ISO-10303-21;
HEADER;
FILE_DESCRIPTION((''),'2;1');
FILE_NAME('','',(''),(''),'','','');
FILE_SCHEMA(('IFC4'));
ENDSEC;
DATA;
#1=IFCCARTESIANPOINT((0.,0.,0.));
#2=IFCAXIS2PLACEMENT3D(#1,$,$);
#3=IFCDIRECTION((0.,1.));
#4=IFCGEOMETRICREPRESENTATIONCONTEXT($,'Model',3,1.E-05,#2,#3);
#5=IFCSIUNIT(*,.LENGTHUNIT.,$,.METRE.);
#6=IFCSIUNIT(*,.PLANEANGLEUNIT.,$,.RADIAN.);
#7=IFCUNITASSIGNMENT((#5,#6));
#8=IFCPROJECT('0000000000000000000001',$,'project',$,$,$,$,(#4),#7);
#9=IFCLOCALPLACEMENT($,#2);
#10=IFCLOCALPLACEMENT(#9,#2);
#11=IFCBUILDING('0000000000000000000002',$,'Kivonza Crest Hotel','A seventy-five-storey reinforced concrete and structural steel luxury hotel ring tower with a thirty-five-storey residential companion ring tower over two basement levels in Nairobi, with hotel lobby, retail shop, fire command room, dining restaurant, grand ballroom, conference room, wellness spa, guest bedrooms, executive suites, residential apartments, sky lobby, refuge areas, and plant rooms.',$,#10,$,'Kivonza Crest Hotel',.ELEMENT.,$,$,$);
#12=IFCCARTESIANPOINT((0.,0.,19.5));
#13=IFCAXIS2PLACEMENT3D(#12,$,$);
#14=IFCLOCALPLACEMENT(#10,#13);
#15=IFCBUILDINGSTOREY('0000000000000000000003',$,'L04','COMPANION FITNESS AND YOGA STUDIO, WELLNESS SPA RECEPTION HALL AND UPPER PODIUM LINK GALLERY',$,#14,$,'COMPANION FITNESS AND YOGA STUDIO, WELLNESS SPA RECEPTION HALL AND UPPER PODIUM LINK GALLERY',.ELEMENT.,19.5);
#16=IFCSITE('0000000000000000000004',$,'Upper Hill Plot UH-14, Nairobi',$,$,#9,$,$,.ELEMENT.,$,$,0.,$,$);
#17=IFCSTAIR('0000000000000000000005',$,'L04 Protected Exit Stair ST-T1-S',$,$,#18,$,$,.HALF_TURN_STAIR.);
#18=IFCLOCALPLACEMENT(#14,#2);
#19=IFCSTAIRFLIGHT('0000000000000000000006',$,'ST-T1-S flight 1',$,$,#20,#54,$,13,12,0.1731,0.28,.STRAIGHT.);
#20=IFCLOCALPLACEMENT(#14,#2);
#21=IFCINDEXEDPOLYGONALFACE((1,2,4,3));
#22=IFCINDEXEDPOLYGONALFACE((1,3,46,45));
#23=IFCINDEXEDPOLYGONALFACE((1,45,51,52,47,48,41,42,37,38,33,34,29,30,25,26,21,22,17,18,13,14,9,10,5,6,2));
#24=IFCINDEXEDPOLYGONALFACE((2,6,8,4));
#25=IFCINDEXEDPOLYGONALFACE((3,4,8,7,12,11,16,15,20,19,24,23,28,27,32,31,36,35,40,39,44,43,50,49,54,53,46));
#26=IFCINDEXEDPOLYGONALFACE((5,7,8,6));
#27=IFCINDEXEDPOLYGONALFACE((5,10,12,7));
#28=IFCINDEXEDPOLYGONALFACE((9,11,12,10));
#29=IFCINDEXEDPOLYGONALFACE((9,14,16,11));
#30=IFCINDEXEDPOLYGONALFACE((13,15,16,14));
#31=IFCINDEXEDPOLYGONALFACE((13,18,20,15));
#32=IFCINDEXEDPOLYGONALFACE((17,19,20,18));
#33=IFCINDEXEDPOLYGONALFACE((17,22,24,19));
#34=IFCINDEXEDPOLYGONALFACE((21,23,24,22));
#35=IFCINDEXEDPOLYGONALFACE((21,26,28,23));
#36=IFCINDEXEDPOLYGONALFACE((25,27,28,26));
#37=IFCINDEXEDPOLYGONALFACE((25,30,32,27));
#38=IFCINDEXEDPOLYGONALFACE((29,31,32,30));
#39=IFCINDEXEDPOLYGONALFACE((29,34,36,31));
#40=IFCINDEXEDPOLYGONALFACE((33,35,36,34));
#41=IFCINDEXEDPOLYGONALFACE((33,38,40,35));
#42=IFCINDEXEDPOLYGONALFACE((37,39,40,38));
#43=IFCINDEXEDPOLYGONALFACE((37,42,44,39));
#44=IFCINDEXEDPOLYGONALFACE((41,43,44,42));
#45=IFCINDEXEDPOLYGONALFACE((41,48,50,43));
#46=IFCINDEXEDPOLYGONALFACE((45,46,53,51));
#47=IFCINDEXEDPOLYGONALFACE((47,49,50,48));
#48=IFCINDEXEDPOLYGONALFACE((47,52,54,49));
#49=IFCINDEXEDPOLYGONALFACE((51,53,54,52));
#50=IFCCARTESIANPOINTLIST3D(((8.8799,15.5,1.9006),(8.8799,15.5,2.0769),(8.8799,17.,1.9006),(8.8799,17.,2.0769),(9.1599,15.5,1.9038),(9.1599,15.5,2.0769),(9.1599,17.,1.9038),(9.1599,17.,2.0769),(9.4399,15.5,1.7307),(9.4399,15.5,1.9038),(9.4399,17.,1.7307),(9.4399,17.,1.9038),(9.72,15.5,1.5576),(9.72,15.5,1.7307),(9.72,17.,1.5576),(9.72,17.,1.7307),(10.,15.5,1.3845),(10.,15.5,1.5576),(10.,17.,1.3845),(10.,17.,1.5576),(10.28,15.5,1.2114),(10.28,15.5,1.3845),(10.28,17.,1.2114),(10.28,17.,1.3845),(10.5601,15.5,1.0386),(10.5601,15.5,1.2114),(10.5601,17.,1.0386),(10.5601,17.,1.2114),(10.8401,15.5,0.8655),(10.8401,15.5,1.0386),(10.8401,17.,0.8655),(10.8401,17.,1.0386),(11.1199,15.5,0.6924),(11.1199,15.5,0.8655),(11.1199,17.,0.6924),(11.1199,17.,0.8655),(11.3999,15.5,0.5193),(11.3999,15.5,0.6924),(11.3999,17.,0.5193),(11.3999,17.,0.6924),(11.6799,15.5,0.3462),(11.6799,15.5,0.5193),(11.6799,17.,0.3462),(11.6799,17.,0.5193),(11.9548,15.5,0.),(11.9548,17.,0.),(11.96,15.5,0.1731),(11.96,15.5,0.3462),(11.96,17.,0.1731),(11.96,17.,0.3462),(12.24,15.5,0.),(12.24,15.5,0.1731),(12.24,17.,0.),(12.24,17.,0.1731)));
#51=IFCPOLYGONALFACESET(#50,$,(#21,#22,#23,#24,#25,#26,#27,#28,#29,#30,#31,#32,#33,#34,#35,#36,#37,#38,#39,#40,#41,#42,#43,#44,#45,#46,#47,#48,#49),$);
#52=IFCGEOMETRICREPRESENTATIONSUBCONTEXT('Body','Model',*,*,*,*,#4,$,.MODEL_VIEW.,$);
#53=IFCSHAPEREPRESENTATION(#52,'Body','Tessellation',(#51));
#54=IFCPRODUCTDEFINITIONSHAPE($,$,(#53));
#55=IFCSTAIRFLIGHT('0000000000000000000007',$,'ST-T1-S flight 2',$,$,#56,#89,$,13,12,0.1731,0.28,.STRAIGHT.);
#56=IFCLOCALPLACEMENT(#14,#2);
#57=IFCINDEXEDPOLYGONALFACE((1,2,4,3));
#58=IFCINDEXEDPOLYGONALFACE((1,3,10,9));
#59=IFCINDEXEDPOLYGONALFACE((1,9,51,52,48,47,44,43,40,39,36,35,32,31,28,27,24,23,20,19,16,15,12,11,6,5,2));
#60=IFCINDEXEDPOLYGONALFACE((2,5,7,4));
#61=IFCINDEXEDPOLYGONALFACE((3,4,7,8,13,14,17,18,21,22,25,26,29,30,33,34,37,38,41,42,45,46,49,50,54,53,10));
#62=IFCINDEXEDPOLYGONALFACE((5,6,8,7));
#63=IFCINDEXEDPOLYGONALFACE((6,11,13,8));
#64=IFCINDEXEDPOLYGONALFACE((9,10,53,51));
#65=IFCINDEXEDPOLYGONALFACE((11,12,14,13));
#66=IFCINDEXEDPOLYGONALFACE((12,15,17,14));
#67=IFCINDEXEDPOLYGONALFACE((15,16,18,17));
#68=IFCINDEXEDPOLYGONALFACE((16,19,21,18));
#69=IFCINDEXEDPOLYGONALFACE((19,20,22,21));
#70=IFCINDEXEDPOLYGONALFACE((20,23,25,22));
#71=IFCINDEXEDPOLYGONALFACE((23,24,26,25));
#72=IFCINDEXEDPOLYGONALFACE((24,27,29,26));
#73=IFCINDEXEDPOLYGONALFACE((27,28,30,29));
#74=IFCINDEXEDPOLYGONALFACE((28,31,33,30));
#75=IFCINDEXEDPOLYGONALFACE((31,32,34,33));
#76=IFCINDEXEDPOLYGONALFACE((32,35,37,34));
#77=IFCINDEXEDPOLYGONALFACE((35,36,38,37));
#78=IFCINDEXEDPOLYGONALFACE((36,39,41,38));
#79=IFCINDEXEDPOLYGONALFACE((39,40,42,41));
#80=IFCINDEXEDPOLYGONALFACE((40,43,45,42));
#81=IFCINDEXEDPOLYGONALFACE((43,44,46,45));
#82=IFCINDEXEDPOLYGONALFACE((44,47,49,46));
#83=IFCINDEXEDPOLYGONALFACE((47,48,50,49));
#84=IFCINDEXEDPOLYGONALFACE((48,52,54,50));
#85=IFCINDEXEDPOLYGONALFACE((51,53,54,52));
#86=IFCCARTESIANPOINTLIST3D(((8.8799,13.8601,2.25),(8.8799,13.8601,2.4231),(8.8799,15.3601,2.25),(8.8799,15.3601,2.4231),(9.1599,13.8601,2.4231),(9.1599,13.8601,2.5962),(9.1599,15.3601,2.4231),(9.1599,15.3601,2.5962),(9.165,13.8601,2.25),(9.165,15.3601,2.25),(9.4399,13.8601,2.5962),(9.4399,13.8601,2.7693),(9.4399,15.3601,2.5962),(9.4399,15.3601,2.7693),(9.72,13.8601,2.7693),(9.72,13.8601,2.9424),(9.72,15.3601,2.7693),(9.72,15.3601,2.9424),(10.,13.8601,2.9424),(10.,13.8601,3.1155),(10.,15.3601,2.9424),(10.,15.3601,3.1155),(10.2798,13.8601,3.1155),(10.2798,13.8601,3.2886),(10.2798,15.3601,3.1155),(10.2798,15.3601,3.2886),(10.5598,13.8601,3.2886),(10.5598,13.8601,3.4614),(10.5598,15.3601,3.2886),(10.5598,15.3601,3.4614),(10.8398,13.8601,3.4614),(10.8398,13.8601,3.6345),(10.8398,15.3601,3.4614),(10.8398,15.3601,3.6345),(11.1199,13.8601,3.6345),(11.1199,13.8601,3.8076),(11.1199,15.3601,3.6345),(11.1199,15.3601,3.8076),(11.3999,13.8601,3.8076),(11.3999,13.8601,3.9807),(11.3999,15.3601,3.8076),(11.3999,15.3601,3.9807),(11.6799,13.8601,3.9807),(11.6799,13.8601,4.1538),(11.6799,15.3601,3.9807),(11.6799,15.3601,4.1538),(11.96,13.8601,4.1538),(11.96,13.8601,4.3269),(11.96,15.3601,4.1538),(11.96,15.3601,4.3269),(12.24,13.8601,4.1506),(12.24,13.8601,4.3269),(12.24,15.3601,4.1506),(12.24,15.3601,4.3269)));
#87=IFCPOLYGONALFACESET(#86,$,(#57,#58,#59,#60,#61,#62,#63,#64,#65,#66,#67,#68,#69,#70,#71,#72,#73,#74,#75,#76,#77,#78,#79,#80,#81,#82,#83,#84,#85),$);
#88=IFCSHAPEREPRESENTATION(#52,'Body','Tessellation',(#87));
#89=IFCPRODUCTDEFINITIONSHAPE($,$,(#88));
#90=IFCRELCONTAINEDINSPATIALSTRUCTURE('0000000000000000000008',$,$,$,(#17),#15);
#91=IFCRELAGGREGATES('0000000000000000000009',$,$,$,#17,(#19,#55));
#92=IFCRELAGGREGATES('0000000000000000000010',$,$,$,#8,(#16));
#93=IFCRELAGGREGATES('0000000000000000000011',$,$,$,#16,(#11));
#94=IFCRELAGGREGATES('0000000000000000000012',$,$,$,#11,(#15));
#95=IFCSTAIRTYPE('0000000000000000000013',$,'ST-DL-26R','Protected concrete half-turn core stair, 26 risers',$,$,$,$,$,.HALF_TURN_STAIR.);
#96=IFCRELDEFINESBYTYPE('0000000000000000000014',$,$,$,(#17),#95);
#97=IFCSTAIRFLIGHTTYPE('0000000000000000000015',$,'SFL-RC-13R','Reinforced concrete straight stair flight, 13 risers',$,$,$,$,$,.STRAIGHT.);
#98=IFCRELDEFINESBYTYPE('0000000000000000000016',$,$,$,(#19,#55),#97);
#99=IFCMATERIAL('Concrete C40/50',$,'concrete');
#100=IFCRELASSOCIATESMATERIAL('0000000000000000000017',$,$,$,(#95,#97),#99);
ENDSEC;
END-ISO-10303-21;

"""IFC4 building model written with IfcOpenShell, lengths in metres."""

from ifc_helpers import new_model, si_unit, direction, frame, origin, place, context, subcontext, project, spatial, polyline, outline, extrude, material, type_object, element, aggregate, save


model = new_model("IFC4")

# Units and contexts
model_context = context("Model", 3, precision=1e-05, world=origin(), true_north=direction((0.0, 1.0)))
body_context = subcontext(model_context, "Body", "Model", "MODEL_VIEW")
ifc_project = project(units=[si_unit("LENGTHUNIT", "METRE"), si_unit("PLANEANGLEUNIT", "RADIAN")], contexts=[model_context])

# Site, building, storey
site_placement = place(None, origin())
site = spatial("IfcSite", under=ifc_project, at=site_placement, Name="Upper Hill Plot UH-14, Nairobi", CompositionType="ELEMENT", RefElevation=0.0)
building_placement = place(site_placement, origin())
building = spatial("IfcBuilding", under=site, at=building_placement, Name="Kivonza Crest Hotel", Description="A seventy-five-storey reinforced concrete and structural steel luxury hotel ring tower with a thirty-five-storey residential companion ring tower over two basement levels in Nairobi, with hotel lobby, retail shop, fire command room, dining restaurant, grand ballroom, conference room, wellness spa, guest bedrooms, executive suites, residential apartments, sky lobby, refuge areas, and plant rooms.", LongName="Kivonza Crest Hotel", CompositionType="ELEMENT")
storey_placement = place(building_placement, frame((0.0, 0.0, 19.5)))
storey = spatial("IfcBuildingStorey", under=building, at=storey_placement, Name="L04", Description="COMPANION FITNESS AND YOGA STUDIO, WELLNESS SPA RECEPTION HALL AND UPPER PODIUM LINK GALLERY", LongName="COMPANION FITNESS AND YOGA STUDIO, WELLNESS SPA RECEPTION HALL AND UPPER PODIUM LINK GALLERY", CompositionType="ELEMENT", Elevation=19.5)

# Stair, stair flights
ifc_material_1 = material(Name="Concrete C40/50", Category="concrete")
stair_type = type_object("IfcStairType", Name="ST-DL-26R", Description="Protected concrete half-turn core stair, 26 risers", PredefinedType="HALF_TURN_STAIR", material=ifc_material_1)
stair_placement = place(storey_placement, origin())
stair = element("IfcStair", 1, at=stair_placement, inside=storey, type_object=stair_type, Name="L04 Protected Exit Stair ST-T1-S", PredefinedType="HALF_TURN_STAIR")
stair_flight_type = type_object("IfcStairFlightType", Name="SFL-RC-13R", Description="Reinforced concrete straight stair flight, 13 risers", PredefinedType="STRAIGHT", material=ifc_material_1)
stair_flight_1_placement = place(storey_placement, frame((12.24, 16.25, 0.0), z_axis=(0.0, 0.0, 1.0), x_axis=(-1.0, 0.0, 0.0)))
stair_flight_1 = element("IfcStairFlight", 2, at=stair_flight_1_placement, type_object=stair_flight_type, Name="ST-T1-S flight 1", NumberOfRisers=13, NumberOfTreads=12, PredefinedType="STRAIGHT", RiserHeight=0.1731, TreadLength=0.28, context=body_context, shape_type="SweptSolid", body=[
    extrude(outline(polyline([(0.0, 0.0), (0.0, 0.1731), (0.28, 0.1731), (0.28, 0.3462), (0.5601, 0.3462), (0.5601, 0.5193), (0.8401, 0.5193), (0.8401, 0.6924), (1.1201, 0.6924), (1.1201, 0.8655), (1.3999, 0.8655), (1.3999, 1.0386), (1.6799, 1.0386), (1.6799, 1.2114), (1.96, 1.2114), (1.96, 1.3845), (2.24, 1.3845), (2.24, 1.5576), (2.52, 1.5576), (2.52, 1.7307), (2.8, 1.7307), (2.8, 1.9038), (3.0801, 1.9038), (3.0801, 2.0769), (3.3601, 2.0769), (3.3601, 2.25), (3.3601, 1.9006), (0.2852, 0.0), (0.0, 0.0)])), frame((0.0, 0.75, 0.0), z_axis=(0.0, -1.0, 0.0), x_axis=(1.0, 0.0, 0.0)), (0.0, 0.0, 1.0), 1.5),
])
stair_flight_2_placement = place(storey_placement, frame((8.8799, 14.6101, 2.25), z_axis=(0.0, 0.0, 1.0), x_axis=(1.0, 0.0, 0.0)))
stair_flight_2 = element("IfcStairFlight", 3, at=stair_flight_2_placement, type_object=stair_flight_type, Name="ST-T1-S flight 2", NumberOfRisers=13, NumberOfTreads=12, PredefinedType="STRAIGHT", RiserHeight=0.1731, TreadLength=0.28, context=body_context, shape_type="SweptSolid", body=[
    extrude(outline(polyline([(0.0, 0.0), (0.0, 0.1731), (0.28, 0.1731), (0.28, 0.3462), (0.5601, 0.3462), (0.5601, 0.5193), (0.8401, 0.5193), (0.8401, 0.6924), (1.1201, 0.6924), (1.1201, 0.8655), (1.3999, 0.8655), (1.3999, 1.0386), (1.6799, 1.0386), (1.6799, 1.2114), (1.96, 1.2114), (1.96, 1.3845), (2.24, 1.3845), (2.24, 1.5576), (2.52, 1.5576), (2.52, 1.7307), (2.8, 1.7307), (2.8, 1.9038), (3.0801, 1.9038), (3.0801, 2.0769), (3.3601, 2.0769), (3.3601, 2.25), (3.3601, 1.9006), (0.2852, 0.0), (0.0, 0.0)])), frame((0.0, 0.75, 0.0), z_axis=(0.0, -1.0, 0.0), x_axis=(1.0, 0.0, 0.0)), (0.0, 0.0, 1.0), 1.5),
])
aggregate(stair, [stair_flight_1, stair_flight_2])

save(model, "model.ifc")
